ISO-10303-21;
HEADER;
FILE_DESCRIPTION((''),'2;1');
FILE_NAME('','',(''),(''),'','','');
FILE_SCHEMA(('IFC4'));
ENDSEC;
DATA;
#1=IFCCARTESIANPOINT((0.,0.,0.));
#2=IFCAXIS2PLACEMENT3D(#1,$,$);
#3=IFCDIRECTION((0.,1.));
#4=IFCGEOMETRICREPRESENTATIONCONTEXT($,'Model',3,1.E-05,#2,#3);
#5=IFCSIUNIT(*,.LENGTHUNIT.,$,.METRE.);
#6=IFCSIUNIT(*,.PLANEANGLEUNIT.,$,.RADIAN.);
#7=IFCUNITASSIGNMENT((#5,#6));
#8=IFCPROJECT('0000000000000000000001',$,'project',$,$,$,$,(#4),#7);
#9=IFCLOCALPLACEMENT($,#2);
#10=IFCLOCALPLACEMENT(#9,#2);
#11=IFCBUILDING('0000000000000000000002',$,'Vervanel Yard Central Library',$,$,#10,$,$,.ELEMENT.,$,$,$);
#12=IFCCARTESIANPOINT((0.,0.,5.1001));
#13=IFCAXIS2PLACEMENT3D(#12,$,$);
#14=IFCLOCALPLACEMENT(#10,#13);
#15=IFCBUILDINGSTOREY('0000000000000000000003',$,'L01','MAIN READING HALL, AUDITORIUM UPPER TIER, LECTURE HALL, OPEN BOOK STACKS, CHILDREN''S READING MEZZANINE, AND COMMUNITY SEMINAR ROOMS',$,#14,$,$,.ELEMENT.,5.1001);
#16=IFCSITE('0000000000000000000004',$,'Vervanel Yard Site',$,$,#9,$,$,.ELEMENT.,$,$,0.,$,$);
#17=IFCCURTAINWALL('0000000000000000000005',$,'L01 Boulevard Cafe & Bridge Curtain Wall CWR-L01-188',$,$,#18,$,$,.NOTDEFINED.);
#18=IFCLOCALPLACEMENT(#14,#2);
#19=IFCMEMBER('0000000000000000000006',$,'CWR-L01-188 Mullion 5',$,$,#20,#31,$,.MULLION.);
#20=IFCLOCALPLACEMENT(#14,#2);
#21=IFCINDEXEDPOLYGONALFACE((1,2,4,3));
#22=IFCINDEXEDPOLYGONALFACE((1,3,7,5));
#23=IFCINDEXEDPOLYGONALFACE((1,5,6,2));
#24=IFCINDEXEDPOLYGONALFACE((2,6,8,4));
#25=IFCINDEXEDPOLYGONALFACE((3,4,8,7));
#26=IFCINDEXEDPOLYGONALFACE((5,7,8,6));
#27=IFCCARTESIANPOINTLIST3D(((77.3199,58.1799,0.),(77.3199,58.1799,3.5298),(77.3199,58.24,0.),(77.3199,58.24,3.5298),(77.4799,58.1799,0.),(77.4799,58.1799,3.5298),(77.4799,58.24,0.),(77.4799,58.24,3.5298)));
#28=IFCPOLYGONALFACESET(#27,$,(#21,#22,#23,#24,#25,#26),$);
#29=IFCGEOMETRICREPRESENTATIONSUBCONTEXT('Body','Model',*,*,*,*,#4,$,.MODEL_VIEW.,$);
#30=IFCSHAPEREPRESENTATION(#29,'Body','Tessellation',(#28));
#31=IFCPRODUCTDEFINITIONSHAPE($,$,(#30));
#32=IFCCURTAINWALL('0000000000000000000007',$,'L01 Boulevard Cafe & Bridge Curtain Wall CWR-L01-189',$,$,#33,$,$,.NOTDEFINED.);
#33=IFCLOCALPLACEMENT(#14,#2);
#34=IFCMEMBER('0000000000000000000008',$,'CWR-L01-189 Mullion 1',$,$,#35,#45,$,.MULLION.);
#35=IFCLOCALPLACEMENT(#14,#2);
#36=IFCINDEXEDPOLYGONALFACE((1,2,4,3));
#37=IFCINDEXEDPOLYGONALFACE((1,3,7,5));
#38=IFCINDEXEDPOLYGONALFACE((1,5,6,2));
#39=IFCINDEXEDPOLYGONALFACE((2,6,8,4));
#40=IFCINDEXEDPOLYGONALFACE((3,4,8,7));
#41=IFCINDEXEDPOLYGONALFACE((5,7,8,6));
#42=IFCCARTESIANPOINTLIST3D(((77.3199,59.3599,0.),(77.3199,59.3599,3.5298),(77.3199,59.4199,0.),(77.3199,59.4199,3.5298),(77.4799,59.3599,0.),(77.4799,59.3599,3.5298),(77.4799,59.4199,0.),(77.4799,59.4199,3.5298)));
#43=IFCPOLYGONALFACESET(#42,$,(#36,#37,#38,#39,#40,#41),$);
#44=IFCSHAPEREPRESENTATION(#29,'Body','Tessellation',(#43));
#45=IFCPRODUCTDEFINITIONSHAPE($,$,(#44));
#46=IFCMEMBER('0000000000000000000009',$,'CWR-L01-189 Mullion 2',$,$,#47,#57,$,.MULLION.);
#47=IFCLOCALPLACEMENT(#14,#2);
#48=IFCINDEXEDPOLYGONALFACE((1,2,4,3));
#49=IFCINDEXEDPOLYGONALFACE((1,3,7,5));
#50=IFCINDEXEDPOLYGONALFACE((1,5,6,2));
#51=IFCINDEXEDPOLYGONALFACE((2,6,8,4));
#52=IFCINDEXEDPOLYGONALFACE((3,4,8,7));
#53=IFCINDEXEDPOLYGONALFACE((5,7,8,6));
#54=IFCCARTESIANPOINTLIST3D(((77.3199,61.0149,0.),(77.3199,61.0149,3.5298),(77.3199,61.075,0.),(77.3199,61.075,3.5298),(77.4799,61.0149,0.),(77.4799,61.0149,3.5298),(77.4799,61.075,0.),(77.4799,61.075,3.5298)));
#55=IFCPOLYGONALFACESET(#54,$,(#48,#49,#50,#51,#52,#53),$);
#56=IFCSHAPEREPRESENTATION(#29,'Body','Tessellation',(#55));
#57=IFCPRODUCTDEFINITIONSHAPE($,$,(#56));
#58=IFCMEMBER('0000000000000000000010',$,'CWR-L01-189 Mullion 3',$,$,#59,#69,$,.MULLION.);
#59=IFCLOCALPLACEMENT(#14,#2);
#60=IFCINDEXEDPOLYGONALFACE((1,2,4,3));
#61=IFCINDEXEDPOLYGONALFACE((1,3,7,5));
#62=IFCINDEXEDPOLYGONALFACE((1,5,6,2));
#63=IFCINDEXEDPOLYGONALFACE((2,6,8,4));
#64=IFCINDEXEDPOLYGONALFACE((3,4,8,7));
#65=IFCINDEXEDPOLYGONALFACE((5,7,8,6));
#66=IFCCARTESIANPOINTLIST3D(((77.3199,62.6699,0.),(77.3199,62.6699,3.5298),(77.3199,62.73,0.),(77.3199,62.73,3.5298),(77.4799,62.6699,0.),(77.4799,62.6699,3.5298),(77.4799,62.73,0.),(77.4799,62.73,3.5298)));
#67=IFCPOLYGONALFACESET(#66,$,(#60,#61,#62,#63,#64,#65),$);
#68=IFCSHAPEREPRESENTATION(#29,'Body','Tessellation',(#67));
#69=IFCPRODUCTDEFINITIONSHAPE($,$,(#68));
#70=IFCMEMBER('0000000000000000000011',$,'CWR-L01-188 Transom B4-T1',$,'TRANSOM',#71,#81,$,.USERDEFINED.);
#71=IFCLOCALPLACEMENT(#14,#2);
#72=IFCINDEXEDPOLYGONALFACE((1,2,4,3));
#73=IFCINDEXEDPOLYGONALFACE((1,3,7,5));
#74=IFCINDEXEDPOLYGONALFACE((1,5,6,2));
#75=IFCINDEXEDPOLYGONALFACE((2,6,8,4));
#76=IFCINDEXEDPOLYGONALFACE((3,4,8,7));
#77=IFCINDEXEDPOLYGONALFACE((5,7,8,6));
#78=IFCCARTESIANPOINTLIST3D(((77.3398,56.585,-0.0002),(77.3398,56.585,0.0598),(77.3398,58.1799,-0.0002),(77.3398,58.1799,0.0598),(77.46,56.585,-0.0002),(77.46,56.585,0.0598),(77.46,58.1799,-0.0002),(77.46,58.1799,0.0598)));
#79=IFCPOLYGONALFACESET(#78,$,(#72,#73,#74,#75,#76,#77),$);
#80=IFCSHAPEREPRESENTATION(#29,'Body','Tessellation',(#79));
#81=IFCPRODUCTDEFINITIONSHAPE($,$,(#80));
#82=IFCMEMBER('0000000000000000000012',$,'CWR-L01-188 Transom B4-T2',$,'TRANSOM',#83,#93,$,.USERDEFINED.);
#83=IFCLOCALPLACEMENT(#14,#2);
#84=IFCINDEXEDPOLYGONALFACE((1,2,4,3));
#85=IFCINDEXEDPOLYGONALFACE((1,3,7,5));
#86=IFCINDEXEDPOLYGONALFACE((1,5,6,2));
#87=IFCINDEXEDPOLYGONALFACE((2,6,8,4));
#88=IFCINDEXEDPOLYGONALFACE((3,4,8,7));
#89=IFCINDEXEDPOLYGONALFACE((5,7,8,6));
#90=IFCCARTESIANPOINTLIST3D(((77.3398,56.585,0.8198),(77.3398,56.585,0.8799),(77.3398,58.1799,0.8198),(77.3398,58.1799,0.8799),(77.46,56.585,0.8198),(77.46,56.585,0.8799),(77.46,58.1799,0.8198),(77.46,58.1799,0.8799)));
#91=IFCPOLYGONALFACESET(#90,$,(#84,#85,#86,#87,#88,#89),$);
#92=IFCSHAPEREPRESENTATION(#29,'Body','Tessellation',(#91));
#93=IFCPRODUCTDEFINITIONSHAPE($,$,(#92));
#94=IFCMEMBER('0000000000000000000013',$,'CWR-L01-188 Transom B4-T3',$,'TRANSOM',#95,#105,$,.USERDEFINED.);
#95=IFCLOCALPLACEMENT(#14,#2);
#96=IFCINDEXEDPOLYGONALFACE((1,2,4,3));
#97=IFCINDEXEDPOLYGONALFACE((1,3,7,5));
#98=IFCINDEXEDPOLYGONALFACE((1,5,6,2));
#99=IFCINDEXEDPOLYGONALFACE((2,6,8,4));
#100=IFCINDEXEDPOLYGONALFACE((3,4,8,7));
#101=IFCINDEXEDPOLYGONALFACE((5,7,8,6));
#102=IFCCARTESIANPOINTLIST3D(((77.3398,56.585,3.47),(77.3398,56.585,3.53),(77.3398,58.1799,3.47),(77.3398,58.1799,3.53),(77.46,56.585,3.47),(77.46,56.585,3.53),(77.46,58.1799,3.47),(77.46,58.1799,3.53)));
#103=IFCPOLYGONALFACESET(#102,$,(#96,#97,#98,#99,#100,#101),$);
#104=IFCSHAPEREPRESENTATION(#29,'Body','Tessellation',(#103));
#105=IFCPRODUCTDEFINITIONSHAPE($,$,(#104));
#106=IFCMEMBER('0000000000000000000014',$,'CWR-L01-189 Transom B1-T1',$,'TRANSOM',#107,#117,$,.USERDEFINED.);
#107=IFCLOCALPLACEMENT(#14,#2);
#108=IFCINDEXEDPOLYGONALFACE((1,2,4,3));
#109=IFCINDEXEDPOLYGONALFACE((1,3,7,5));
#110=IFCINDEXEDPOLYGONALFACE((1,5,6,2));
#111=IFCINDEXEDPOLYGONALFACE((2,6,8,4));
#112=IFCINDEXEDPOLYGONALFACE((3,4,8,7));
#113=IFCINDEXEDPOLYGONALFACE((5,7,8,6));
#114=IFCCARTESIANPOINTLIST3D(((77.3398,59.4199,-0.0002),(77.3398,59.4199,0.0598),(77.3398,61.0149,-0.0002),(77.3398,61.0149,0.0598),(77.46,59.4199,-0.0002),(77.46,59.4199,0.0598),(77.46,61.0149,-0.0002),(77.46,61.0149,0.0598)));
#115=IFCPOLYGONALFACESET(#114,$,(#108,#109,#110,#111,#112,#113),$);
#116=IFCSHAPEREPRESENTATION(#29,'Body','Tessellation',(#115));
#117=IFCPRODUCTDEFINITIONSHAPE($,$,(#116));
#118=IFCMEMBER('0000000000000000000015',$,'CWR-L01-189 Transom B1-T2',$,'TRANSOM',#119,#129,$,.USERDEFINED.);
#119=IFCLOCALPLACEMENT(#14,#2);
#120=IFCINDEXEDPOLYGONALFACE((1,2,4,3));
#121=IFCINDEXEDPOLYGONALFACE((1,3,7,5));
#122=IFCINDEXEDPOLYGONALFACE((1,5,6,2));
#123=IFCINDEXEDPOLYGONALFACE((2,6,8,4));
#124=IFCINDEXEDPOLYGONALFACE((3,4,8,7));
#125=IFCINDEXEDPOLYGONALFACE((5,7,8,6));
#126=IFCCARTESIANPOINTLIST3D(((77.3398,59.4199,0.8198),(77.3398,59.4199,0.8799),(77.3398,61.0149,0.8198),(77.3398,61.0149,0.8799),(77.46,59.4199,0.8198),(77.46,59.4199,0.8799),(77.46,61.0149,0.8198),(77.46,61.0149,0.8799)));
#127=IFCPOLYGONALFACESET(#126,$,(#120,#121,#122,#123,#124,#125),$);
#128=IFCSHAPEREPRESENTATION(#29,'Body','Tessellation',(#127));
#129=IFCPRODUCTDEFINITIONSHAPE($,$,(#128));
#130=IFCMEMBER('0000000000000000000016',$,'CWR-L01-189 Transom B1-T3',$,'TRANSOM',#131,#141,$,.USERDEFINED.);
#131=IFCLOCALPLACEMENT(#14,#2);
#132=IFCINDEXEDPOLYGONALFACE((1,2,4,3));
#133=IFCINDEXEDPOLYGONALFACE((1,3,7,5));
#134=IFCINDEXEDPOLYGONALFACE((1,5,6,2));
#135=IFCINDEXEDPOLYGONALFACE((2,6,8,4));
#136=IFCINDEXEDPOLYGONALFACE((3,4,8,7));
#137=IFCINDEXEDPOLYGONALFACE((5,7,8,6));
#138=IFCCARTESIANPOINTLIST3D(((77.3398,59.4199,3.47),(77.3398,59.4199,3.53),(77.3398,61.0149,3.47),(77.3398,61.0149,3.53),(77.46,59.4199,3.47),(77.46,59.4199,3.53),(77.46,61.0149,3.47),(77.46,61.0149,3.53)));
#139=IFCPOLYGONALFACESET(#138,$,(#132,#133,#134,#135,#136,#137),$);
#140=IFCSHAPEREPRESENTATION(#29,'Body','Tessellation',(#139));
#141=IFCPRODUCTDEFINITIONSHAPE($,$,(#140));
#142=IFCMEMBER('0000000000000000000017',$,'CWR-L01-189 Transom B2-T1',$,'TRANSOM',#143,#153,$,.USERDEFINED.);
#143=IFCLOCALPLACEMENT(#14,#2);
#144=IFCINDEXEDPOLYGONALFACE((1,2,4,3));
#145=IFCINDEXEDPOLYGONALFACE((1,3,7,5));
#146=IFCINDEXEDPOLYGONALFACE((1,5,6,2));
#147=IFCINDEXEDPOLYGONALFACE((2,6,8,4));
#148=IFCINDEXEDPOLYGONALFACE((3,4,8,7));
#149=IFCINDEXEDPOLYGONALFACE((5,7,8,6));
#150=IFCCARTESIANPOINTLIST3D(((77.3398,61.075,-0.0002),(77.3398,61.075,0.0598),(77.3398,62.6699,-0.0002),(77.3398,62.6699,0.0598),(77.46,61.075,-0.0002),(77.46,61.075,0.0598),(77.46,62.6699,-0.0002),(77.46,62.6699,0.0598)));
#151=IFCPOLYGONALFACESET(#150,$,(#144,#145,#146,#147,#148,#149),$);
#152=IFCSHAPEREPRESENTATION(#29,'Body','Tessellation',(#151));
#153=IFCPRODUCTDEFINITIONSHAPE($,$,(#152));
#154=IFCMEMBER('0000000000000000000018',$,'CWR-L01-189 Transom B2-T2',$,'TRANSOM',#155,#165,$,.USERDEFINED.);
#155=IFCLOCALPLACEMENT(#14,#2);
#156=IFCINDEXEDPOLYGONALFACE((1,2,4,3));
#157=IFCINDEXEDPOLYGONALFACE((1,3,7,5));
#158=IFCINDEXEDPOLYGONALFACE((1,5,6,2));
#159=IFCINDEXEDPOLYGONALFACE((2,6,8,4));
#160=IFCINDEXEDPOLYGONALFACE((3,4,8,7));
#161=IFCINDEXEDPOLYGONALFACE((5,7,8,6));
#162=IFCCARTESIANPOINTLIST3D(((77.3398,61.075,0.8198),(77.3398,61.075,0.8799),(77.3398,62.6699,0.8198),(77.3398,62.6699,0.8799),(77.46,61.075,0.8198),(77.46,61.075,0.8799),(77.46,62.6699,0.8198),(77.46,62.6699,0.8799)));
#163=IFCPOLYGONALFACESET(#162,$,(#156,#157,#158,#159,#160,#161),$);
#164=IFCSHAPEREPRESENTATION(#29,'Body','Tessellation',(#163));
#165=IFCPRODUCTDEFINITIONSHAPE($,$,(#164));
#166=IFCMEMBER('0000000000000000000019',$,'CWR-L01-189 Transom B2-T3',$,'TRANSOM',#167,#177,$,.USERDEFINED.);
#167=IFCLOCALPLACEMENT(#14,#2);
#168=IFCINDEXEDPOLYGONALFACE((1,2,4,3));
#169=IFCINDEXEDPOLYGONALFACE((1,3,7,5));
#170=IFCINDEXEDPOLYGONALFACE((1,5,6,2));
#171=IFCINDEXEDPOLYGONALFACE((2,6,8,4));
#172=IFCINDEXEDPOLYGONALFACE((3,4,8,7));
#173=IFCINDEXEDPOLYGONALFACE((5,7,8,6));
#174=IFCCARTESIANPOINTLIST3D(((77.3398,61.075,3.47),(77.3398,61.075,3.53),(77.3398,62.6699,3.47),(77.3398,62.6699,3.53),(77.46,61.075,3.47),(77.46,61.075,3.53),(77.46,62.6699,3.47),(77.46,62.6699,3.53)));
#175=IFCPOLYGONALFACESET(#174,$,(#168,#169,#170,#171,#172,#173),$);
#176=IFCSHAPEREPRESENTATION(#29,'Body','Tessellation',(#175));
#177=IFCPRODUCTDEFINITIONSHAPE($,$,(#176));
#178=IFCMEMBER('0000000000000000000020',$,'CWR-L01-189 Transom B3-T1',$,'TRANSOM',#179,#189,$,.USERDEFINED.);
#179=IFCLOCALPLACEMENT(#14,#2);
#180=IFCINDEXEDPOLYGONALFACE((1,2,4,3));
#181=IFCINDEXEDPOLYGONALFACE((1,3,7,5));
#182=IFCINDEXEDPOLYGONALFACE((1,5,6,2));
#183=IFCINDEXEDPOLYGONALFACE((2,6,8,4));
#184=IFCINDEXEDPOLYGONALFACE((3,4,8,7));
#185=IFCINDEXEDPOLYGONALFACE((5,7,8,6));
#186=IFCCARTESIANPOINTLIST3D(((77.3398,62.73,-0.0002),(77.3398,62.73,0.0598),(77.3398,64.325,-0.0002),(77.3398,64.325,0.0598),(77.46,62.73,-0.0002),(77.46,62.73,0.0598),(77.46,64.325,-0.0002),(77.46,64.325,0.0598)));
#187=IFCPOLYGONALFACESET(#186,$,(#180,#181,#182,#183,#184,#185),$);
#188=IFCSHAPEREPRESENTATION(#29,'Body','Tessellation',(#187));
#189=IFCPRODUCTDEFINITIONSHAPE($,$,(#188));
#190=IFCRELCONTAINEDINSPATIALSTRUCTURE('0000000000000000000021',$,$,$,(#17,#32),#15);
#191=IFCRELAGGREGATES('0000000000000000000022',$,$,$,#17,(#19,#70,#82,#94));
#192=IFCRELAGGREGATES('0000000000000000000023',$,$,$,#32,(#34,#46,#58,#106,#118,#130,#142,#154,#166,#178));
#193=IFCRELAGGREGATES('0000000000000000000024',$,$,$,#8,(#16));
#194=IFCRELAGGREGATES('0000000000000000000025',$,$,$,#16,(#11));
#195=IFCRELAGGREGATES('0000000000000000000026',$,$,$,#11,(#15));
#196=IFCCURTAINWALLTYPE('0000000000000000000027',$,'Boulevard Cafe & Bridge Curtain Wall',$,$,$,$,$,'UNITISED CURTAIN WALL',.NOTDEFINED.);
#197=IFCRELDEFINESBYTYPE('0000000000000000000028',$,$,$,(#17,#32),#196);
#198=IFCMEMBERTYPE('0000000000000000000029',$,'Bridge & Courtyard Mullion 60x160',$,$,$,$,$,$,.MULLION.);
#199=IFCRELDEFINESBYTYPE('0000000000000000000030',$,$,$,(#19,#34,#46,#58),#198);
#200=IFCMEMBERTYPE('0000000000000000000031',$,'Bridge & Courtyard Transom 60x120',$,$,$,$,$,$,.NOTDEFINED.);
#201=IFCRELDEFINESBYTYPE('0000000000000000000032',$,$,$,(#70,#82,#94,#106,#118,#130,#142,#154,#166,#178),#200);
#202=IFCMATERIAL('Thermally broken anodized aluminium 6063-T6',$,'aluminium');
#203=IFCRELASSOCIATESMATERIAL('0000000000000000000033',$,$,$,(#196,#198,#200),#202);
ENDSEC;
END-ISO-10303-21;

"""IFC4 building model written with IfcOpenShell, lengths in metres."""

from ifc_helpers import new_model, si_unit, direction, frame, origin, origin_2d, place, context, subcontext, project, spatial, rectangle, extrude, material, material_profile, profile_set, type_object, element, aggregate, save


model = new_model("IFC4")

# Units and contexts
model_context = context("Model", 3, precision=1e-05, world=origin(), true_north=direction((0.0, 1.0)))
body_context = subcontext(model_context, "Body", "Model", "MODEL_VIEW")
ifc_project = project(units=[si_unit("LENGTHUNIT", "METRE"), si_unit("PLANEANGLEUNIT", "RADIAN")], contexts=[model_context])

# Site, building, storey
site_placement = place(None, origin())
site = spatial("IfcSite", under=ifc_project, at=site_placement, Name="Vervanel Yard Site", CompositionType="ELEMENT", RefElevation=0.0)
building_placement = place(site_placement, origin())
building = spatial("IfcBuilding", under=site, at=building_placement, Name="Vervanel Yard Central Library", CompositionType="ELEMENT")
storey_placement = place(building_placement, frame((0.0, 0.0, 5.1001)))
storey = spatial("IfcBuildingStorey", under=building, at=storey_placement, Name="L01", Description="MAIN READING HALL, AUDITORIUM UPPER TIER, LECTURE HALL, OPEN BOOK STACKS, CHILDREN'S READING MEZZANINE, AND COMMUNITY SEMINAR ROOMS", CompositionType="ELEMENT", Elevation=5.1001)

# Curtain wall, member
ifc_material_1 = material(Name="Thermally broken anodized aluminium 6063-T6", Category="aluminium")
curtain_wall_type = type_object("IfcCurtainWallType", Name="Boulevard Cafe & Bridge Curtain Wall", ElementType="UNITISED CURTAIN WALL", PredefinedType="NOTDEFINED", material=ifc_material_1)
curtain_wall_1_placement = place(storey_placement, origin())
curtain_wall_1 = element("IfcCurtainWall", 1, at=curtain_wall_1_placement, inside=storey, type_object=curtain_wall_type, Name="L01 Boulevard Cafe & Bridge Curtain Wall CWR-L01-188", PredefinedType="NOTDEFINED")
ifc_material_profile_1 = material_profile(ifc_material_1, rectangle(XDim=0.0601, YDim=0.1599, at=origin_2d()), Name="ALU 60x160", Category="aluminium")
ifc_profile_set_1 = profile_set([ifc_material_profile_1], Name="Thermally broken anodized aluminium 6063-T6")
member_type_1 = type_object("IfcMemberType", Name="Bridge & Courtyard Mullion 60x160", PredefinedType="MULLION", material=ifc_profile_set_1)
member_1_placement = place(storey_placement, frame((77.3999, 58.21, 0.0), z_axis=(0.0, 0.0, 1.0), x_axis=(0.0, 1.0, 0.0)))
member_1 = element("IfcMember", 2, at=member_1_placement, type_object=member_type_1, Name="CWR-L01-188 Mullion 5", PredefinedType="MULLION", context=body_context, shape_type="SweptSolid", body=[
    extrude(rectangle(XDim=0.0601, YDim=0.1599, at=origin_2d()), origin(), (0.0, 0.0, 1.0), 3.5298),
])

# Curtain wall, members
curtain_wall_2_placement = place(storey_placement, origin())
curtain_wall_2 = element("IfcCurtainWall", 3, at=curtain_wall_2_placement, inside=storey, type_object=curtain_wall_type, Name="L01 Boulevard Cafe & Bridge Curtain Wall CWR-L01-189", PredefinedType="NOTDEFINED")
member_2_placement = place(storey_placement, frame((77.3999, 59.3899, 0.0), z_axis=(0.0, 0.0, 1.0), x_axis=(0.0, 1.0, 0.0)))
member_2 = element("IfcMember", 4, at=member_2_placement, type_object=member_type_1, Name="CWR-L01-189 Mullion 1", PredefinedType="MULLION", context=body_context, shape_type="SweptSolid", body=[
    extrude(rectangle(XDim=0.0601, YDim=0.1599, at=origin_2d()), origin(), (0.0, 0.0, 1.0), 3.5298),
])
member_3_placement = place(storey_placement, frame((77.3999, 61.0449, 0.0), z_axis=(0.0, 0.0, 1.0), x_axis=(0.0, 1.0, 0.0)))
member_3 = element("IfcMember", 5, at=member_3_placement, type_object=member_type_1, Name="CWR-L01-189 Mullion 2", PredefinedType="MULLION", context=body_context, shape_type="SweptSolid", body=[
    extrude(rectangle(XDim=0.0601, YDim=0.1599, at=origin_2d()), origin(), (0.0, 0.0, 1.0), 3.5298),
])
member_4_placement = place(storey_placement, frame((77.3999, 62.7, 0.0), z_axis=(0.0, 0.0, 1.0), x_axis=(0.0, 1.0, 0.0)))
member_4 = element("IfcMember", 6, at=member_4_placement, type_object=member_type_1, Name="CWR-L01-189 Mullion 3", PredefinedType="MULLION", context=body_context, shape_type="SweptSolid", body=[
    extrude(rectangle(XDim=0.0601, YDim=0.1599, at=origin_2d()), origin(), (0.0, 0.0, 1.0), 3.5298),
])

# Members
ifc_material_profile_2 = material_profile(ifc_material_1, rectangle(XDim=0.0601, YDim=0.1201, at=origin_2d()), Name="ALU 60x120", Category="aluminium")
ifc_profile_set_2 = profile_set([ifc_material_profile_2], Name="Thermally broken anodized aluminium 6063-T6")
member_type_2 = type_object("IfcMemberType", Name="Bridge & Courtyard Transom 60x120", PredefinedType="NOTDEFINED", material=ifc_profile_set_2)
member_5_placement = place(storey_placement, frame((77.3999, 56.585, 0.0298), z_axis=(0.0, 1.0, 0.0), x_axis=(0.0, 0.0, 1.0)))
member_5 = element("IfcMember", 7, at=member_5_placement, type_object=member_type_2, Name="CWR-L01-188 Transom B4-T1", ObjectType="TRANSOM", PredefinedType="USERDEFINED", context=body_context, shape_type="SweptSolid", body=[
    extrude(rectangle(XDim=0.0601, YDim=0.1201, at=origin_2d()), origin(), (0.0, 0.0, 1.0), 1.595),
])
member_6_placement = place(storey_placement, frame((77.3999, 56.585, 0.8499), z_axis=(0.0, 1.0, 0.0), x_axis=(0.0, 0.0, 1.0)))
member_6 = element("IfcMember", 8, at=member_6_placement, type_object=member_type_2, Name="CWR-L01-188 Transom B4-T2", ObjectType="TRANSOM", PredefinedType="USERDEFINED", context=body_context, shape_type="SweptSolid", body=[
    extrude(rectangle(XDim=0.0601, YDim=0.1201, at=origin_2d()), origin(), (0.0, 0.0, 1.0), 1.595),
])
member_7_placement = place(storey_placement, frame((77.3999, 56.585, 3.5), z_axis=(0.0, 1.0, 0.0), x_axis=(0.0, 0.0, 1.0)))
member_7 = element("IfcMember", 9, at=member_7_placement, type_object=member_type_2, Name="CWR-L01-188 Transom B4-T3", ObjectType="TRANSOM", PredefinedType="USERDEFINED", context=body_context, shape_type="SweptSolid", body=[
    extrude(rectangle(XDim=0.0601, YDim=0.1201, at=origin_2d()), origin(), (0.0, 0.0, 1.0), 1.595),
])
member_8_placement = place(storey_placement, frame((77.3999, 59.4199, 0.0298), z_axis=(0.0, 1.0, 0.0), x_axis=(0.0, 0.0, 1.0)))
member_8 = element("IfcMember", 10, at=member_8_placement, type_object=member_type_2, Name="CWR-L01-189 Transom B1-T1", ObjectType="TRANSOM", PredefinedType="USERDEFINED", context=body_context, shape_type="SweptSolid", body=[
    extrude(rectangle(XDim=0.0601, YDim=0.1201, at=origin_2d()), origin(), (0.0, 0.0, 1.0), 1.595),
])
member_9_placement = place(storey_placement, frame((77.3999, 59.4199, 0.8499), z_axis=(0.0, 1.0, 0.0), x_axis=(0.0, 0.0, 1.0)))
member_9 = element("IfcMember", 11, at=member_9_placement, type_object=member_type_2, Name="CWR-L01-189 Transom B1-T2", ObjectType="TRANSOM", PredefinedType="USERDEFINED", context=body_context, shape_type="SweptSolid", body=[
    extrude(rectangle(XDim=0.0601, YDim=0.1201, at=origin_2d()), origin(), (0.0, 0.0, 1.0), 1.595),
])
member_10_placement = place(storey_placement, frame((77.3999, 59.4199, 3.5), z_axis=(0.0, 1.0, 0.0), x_axis=(0.0, 0.0, 1.0)))
member_10 = element("IfcMember", 12, at=member_10_placement, type_object=member_type_2, Name="CWR-L01-189 Transom B1-T3", ObjectType="TRANSOM", PredefinedType="USERDEFINED", context=body_context, shape_type="SweptSolid", body=[
    extrude(rectangle(XDim=0.0601, YDim=0.1201, at=origin_2d()), origin(), (0.0, 0.0, 1.0), 1.595),
])
member_11_placement = place(storey_placement, frame((77.3999, 61.075, 0.0298), z_axis=(0.0, 1.0, 0.0), x_axis=(0.0, 0.0, 1.0)))
member_11 = element("IfcMember", 13, at=member_11_placement, type_object=member_type_2, Name="CWR-L01-189 Transom B2-T1", ObjectType="TRANSOM", PredefinedType="USERDEFINED", context=body_context, shape_type="SweptSolid", body=[
    extrude(rectangle(XDim=0.0601, YDim=0.1201, at=origin_2d()), origin(), (0.0, 0.0, 1.0), 1.595),
])
member_12_placement = place(storey_placement, frame((77.3999, 61.075, 0.8499), z_axis=(0.0, 1.0, 0.0), x_axis=(0.0, 0.0, 1.0)))
member_12 = element("IfcMember", 14, at=member_12_placement, type_object=member_type_2, Name="CWR-L01-189 Transom B2-T2", ObjectType="TRANSOM", PredefinedType="USERDEFINED", context=body_context, shape_type="SweptSolid", body=[
    extrude(rectangle(XDim=0.0601, YDim=0.1201, at=origin_2d()), origin(), (0.0, 0.0, 1.0), 1.595),
])
member_13_placement = place(storey_placement, frame((77.3999, 61.075, 3.5), z_axis=(0.0, 1.0, 0.0), x_axis=(0.0, 0.0, 1.0)))
member_13 = element("IfcMember", 15, at=member_13_placement, type_object=member_type_2, Name="CWR-L01-189 Transom B2-T3", ObjectType="TRANSOM", PredefinedType="USERDEFINED", context=body_context, shape_type="SweptSolid", body=[
    extrude(rectangle(XDim=0.0601, YDim=0.1201, at=origin_2d()), origin(), (0.0, 0.0, 1.0), 1.595),
])
member_14_placement = place(storey_placement, frame((77.3999, 62.73, 0.0298), z_axis=(0.0, 1.0, 0.0), x_axis=(0.0, 0.0, 1.0)))
member_14 = element("IfcMember", 16, at=member_14_placement, type_object=member_type_2, Name="CWR-L01-189 Transom B3-T1", ObjectType="TRANSOM", PredefinedType="USERDEFINED", context=body_context, shape_type="SweptSolid", body=[
    extrude(rectangle(XDim=0.0601, YDim=0.1201, at=origin_2d()), origin(), (0.0, 0.0, 1.0), 1.595),
])

aggregate(curtain_wall_1, [member_1, member_5, member_6, member_7])
aggregate(curtain_wall_2, [member_2, member_3, member_4, member_8, member_9, member_10, member_11, member_12, member_13, member_14])

save(model, "model.ifc")
